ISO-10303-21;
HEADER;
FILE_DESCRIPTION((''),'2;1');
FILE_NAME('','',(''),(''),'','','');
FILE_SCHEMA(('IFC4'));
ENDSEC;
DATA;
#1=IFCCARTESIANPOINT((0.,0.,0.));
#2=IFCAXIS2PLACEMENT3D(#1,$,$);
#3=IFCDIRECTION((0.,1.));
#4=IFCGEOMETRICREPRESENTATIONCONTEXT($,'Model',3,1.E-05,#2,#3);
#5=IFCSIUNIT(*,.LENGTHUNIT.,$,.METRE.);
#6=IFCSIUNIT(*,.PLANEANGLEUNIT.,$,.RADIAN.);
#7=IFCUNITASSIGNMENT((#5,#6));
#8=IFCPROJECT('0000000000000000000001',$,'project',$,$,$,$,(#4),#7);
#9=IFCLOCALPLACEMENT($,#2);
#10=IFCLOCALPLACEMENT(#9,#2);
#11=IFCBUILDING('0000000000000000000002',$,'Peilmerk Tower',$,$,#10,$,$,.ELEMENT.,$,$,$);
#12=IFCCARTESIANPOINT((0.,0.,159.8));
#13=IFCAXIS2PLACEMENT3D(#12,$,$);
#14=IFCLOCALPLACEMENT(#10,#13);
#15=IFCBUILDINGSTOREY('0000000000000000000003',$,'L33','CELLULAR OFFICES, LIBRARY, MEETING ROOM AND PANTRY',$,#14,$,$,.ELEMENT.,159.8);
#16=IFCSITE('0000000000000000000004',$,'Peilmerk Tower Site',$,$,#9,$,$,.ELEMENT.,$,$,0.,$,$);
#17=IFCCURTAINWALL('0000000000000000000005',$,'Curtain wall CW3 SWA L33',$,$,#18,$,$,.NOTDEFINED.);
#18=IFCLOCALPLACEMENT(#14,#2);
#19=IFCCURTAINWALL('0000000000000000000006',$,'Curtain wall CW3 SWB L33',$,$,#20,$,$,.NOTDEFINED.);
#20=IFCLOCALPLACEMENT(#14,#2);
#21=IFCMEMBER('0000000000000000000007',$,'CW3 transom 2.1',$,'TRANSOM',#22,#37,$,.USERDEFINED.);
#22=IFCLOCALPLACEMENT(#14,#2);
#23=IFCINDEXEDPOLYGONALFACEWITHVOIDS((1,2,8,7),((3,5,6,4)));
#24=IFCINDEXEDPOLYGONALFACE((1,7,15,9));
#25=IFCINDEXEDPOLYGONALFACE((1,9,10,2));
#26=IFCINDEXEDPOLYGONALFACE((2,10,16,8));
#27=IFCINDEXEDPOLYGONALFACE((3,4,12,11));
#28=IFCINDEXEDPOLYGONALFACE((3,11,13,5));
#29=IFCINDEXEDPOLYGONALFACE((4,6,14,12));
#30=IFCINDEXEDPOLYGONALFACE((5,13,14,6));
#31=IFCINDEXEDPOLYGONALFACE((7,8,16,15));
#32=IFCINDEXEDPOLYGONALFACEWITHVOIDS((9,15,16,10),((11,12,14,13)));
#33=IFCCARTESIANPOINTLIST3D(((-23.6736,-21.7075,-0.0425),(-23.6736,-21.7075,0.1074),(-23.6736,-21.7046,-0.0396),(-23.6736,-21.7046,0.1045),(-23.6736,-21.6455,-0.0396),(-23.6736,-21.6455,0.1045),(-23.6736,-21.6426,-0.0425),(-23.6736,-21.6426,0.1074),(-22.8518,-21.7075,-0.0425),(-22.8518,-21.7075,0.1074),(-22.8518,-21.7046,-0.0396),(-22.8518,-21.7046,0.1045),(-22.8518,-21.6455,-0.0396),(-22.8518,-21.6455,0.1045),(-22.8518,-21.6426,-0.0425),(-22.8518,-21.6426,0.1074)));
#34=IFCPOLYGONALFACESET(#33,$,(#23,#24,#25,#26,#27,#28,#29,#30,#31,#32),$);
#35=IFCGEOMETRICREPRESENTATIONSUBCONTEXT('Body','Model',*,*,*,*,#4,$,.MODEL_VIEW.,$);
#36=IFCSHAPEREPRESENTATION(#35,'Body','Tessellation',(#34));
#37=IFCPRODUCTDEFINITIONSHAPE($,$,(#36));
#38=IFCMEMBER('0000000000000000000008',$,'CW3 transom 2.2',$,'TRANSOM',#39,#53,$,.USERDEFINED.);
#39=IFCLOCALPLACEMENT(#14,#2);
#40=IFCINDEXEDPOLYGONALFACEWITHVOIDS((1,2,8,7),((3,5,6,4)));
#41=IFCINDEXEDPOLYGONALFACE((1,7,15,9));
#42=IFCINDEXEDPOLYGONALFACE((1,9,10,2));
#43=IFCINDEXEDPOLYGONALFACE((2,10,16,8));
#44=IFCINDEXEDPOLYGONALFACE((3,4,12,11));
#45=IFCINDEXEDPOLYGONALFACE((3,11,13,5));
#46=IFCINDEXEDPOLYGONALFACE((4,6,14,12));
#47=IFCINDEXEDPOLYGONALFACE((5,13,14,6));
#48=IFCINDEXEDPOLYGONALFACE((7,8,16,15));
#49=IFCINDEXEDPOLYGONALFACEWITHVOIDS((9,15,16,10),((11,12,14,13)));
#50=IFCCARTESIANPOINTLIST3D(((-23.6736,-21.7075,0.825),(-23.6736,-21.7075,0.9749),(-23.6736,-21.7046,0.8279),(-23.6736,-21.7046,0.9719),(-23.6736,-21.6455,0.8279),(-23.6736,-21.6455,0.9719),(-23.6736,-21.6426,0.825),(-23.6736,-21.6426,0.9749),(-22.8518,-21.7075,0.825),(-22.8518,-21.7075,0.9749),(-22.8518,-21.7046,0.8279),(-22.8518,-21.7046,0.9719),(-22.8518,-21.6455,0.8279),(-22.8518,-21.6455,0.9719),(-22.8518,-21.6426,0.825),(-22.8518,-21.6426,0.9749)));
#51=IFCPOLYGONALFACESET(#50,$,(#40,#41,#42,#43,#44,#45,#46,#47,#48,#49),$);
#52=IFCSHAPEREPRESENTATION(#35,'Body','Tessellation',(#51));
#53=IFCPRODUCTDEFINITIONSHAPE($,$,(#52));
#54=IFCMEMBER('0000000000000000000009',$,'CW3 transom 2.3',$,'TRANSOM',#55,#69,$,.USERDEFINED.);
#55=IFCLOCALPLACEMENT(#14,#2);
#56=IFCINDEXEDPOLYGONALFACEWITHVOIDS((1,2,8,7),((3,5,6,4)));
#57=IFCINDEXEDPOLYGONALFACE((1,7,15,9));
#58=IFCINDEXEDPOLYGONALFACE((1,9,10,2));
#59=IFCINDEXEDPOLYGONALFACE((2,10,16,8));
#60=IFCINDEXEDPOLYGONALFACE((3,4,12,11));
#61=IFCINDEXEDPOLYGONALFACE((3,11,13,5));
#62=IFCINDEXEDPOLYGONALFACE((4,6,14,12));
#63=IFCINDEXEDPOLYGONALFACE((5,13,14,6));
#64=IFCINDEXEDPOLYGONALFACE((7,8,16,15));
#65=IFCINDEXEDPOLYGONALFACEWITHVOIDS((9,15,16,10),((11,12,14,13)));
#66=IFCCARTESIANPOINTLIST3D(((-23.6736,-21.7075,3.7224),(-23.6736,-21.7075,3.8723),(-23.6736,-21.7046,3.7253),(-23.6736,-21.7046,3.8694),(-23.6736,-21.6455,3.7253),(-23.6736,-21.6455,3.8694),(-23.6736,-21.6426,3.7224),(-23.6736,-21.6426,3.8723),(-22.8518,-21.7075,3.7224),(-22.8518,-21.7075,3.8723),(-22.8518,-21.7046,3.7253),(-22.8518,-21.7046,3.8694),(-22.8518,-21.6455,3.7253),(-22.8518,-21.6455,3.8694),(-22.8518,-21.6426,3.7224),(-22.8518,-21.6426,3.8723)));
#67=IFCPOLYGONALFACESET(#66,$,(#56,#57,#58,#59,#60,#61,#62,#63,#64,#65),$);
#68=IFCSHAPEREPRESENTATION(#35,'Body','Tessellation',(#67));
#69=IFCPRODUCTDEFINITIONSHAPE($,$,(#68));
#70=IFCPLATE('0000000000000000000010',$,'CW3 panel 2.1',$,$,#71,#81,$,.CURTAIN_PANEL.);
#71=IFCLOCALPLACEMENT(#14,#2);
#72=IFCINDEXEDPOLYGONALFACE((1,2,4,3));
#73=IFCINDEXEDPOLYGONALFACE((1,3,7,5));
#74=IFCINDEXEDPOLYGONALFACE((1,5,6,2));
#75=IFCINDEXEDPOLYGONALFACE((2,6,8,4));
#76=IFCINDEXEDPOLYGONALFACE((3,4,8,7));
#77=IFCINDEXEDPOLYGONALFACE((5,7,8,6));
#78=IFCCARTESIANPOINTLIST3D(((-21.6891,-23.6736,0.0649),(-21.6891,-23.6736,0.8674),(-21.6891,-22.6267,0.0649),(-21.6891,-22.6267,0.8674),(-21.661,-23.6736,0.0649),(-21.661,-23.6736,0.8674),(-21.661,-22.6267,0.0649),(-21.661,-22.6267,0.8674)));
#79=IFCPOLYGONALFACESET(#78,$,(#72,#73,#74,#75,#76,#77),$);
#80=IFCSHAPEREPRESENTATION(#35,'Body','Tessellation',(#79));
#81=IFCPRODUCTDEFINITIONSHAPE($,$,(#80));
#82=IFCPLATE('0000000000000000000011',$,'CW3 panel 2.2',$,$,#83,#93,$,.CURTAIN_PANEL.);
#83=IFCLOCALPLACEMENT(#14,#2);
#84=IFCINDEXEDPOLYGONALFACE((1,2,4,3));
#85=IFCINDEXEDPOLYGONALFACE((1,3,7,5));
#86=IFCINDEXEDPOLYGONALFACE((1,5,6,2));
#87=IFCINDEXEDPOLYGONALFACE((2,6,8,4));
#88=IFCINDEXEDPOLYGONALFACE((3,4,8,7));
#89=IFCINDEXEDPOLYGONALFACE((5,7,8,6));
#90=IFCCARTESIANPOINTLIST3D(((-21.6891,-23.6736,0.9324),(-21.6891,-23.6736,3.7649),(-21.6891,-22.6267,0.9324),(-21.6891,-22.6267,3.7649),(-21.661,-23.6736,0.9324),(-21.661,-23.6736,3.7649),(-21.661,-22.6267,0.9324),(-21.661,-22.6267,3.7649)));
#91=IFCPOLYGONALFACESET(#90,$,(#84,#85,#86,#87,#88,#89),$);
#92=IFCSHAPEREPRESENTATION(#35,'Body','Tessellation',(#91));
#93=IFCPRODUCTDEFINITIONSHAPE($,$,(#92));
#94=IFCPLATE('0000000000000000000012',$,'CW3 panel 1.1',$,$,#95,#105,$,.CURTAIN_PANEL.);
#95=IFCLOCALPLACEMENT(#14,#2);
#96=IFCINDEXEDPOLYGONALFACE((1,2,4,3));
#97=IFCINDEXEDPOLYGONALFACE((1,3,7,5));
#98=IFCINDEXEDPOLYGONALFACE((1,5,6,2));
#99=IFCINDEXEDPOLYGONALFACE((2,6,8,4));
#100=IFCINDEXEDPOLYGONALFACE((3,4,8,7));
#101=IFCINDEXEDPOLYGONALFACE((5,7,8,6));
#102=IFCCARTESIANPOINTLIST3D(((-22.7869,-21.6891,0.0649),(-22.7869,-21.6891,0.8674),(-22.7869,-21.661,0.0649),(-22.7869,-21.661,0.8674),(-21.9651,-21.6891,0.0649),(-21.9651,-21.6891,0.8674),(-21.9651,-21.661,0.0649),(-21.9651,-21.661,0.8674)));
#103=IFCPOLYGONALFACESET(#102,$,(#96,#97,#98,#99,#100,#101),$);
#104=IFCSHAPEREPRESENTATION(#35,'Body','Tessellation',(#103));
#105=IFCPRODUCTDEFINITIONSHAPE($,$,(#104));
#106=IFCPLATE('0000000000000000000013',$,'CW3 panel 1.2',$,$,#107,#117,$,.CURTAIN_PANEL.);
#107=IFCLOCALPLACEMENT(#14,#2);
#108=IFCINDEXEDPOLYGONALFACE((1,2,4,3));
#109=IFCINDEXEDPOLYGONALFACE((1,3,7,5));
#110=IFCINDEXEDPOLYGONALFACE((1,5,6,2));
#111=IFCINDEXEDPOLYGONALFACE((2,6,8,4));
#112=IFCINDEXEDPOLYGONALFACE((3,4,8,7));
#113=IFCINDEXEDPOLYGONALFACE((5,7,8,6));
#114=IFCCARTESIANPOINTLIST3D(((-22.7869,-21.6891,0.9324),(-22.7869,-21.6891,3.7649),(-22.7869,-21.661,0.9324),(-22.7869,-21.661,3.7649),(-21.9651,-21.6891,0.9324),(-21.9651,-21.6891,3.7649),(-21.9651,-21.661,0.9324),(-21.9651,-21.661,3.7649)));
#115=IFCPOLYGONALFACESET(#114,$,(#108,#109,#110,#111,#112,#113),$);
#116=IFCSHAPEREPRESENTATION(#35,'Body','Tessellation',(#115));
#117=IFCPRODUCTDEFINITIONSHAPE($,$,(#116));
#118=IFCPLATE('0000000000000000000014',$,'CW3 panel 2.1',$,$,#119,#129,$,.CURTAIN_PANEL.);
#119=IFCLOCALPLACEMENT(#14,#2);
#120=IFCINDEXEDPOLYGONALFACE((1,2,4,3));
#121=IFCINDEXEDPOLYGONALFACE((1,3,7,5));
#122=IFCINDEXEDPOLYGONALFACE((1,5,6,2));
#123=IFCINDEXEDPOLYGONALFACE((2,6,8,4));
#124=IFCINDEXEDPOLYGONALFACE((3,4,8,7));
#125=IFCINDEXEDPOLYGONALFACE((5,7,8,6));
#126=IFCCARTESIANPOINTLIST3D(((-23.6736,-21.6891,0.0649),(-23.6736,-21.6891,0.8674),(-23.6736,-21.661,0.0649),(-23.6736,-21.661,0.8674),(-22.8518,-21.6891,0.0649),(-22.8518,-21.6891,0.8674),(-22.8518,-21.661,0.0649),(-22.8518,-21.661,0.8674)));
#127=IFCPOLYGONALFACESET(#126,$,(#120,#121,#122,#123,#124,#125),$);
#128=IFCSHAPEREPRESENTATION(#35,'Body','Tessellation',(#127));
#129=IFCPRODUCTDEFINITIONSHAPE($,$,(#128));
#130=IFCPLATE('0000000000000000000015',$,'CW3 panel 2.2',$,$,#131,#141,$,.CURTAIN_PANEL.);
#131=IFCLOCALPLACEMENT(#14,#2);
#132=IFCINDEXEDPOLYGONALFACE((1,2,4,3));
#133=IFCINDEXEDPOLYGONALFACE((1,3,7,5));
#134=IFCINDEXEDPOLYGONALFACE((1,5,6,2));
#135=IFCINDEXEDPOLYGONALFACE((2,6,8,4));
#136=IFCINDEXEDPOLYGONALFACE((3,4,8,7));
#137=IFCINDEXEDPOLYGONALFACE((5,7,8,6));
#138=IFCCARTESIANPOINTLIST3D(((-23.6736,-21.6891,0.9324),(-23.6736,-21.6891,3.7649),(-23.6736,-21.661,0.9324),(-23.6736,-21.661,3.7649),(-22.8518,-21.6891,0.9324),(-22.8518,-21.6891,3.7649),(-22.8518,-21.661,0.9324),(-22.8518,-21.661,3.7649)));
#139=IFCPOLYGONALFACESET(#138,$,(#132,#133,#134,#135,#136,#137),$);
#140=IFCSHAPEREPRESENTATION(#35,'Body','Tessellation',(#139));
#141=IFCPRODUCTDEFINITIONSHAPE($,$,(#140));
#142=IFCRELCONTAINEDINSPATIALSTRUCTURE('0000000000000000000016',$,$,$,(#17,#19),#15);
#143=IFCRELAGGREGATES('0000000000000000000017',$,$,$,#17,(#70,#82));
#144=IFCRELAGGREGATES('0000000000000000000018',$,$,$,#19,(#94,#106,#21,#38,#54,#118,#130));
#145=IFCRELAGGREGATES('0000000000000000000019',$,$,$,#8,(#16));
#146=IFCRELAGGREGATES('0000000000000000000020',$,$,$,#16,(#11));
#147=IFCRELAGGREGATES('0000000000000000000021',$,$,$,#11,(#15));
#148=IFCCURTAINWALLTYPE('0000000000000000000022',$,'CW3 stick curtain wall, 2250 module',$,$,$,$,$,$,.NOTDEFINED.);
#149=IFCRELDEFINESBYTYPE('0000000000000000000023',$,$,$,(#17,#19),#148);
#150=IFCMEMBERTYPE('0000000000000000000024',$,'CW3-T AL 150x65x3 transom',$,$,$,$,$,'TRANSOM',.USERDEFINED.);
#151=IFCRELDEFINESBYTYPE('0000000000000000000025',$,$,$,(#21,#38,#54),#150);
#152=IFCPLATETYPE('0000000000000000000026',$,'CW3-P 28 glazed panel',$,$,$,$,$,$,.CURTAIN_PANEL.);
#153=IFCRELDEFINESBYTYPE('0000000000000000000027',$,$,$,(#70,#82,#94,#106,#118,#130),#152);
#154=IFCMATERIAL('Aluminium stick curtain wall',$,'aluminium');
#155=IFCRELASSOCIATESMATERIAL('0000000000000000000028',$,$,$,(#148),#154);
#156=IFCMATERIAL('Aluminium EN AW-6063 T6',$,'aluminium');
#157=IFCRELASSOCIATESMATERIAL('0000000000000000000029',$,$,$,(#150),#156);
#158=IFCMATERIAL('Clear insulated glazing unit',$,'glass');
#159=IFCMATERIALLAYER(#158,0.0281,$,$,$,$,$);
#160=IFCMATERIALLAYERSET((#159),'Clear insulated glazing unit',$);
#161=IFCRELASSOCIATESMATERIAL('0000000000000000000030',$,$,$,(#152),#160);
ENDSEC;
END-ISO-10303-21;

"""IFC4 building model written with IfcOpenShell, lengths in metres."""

from ifc_helpers import new_model, si_unit, direction, frame, origin, origin_2d, place, context, subcontext, project, spatial, rectangle, hollow_rectangle, extrude, material, layer, layer_set, material_profile, profile_set, type_object, element, aggregate, save


model = new_model("IFC4")

# Units and contexts
model_context = context("Model", 3, precision=1e-05, world=origin(), true_north=direction((0.0, 1.0)))
body_context = subcontext(model_context, "Body", "Model", "MODEL_VIEW")
ifc_project = project(units=[si_unit("LENGTHUNIT", "METRE"), si_unit("PLANEANGLEUNIT", "RADIAN")], contexts=[model_context])

# Site, building, storey
site_placement = place(None, origin())
site = spatial("IfcSite", under=ifc_project, at=site_placement, Name="Peilmerk Tower Site", CompositionType="ELEMENT", RefElevation=0.0)
building_placement = place(site_placement, origin())
building = spatial("IfcBuilding", under=site, at=building_placement, Name="Peilmerk Tower", CompositionType="ELEMENT")
storey_placement = place(building_placement, frame((0.0, 0.0, 159.8)))
storey = spatial("IfcBuildingStorey", under=building, at=storey_placement, Name="L33", Description="CELLULAR OFFICES, LIBRARY, MEETING ROOM AND PANTRY", CompositionType="ELEMENT", Elevation=159.8)

# Curtain wall
ifc_material_1 = material(Name="Aluminium stick curtain wall", Category="aluminium")
curtain_wall_type = type_object("IfcCurtainWallType", Name="CW3 stick curtain wall, 2250 module", PredefinedType="NOTDEFINED", material=ifc_material_1)
curtain_wall_1_placement = place(storey_placement, origin())
curtain_wall_1 = element("IfcCurtainWall", 1, at=curtain_wall_1_placement, inside=storey, type_object=curtain_wall_type, Name="Curtain wall CW3 SWA L33", PredefinedType="NOTDEFINED")
ifc_material_2 = material(Name="Aluminium EN AW-6063 T6", Category="aluminium")

# Curtain wall, members
curtain_wall_2_placement = place(storey_placement, origin())
curtain_wall_2 = element("IfcCurtainWall", 2, at=curtain_wall_2_placement, inside=storey, type_object=curtain_wall_type, Name="Curtain wall CW3 SWB L33", PredefinedType="NOTDEFINED")
ifc_material_profile_1 = material_profile(ifc_material_2, hollow_rectangle(XDim=0.0649, YDim=0.1499, WallThickness=0.0029, at=origin_2d()), Name="AL 150x65x3")
ifc_profile_set_1 = profile_set([ifc_material_profile_1], Name="Aluminium EN AW-6063 T6")
member_type_1 = type_object("IfcMemberType", Name="CW3-T AL 150x65x3 transom", ElementType="TRANSOM", PredefinedType="USERDEFINED", material=ifc_profile_set_1)
member_1_placement = place(storey_placement, frame((-22.8518, -21.675, 0.0325), z_axis=(-1.0, 0.0, 0.0), x_axis=(0.0, -1.0, 0.0)))
member_1 = element("IfcMember", 3, at=member_1_placement, type_object=member_type_1, Name="CW3 transom 2.1", ObjectType="TRANSOM", PredefinedType="USERDEFINED", context=body_context, shape_type="SweptSolid", body=[
    extrude(hollow_rectangle(XDim=0.0649, YDim=0.1499, WallThickness=0.0029, at=origin_2d()), origin(), (0.0, 0.0, 1.0), 0.8218),
])
member_2_placement = place(storey_placement, frame((-22.8518, -21.675, 0.8999), z_axis=(-1.0, 0.0, 0.0), x_axis=(0.0, -1.0, 0.0)))
member_2 = element("IfcMember", 4, at=member_2_placement, type_object=member_type_1, Name="CW3 transom 2.2", ObjectType="TRANSOM", PredefinedType="USERDEFINED", context=body_context, shape_type="SweptSolid", body=[
    extrude(hollow_rectangle(XDim=0.0649, YDim=0.1499, WallThickness=0.0029, at=origin_2d()), origin(), (0.0, 0.0, 1.0), 0.8218),
])
member_3_placement = place(storey_placement, frame((-22.8518, -21.675, 3.7974), z_axis=(-1.0, 0.0, 0.0), x_axis=(0.0, -1.0, 0.0)))
member_3 = element("IfcMember", 5, at=member_3_placement, type_object=member_type_1, Name="CW3 transom 2.3", ObjectType="TRANSOM", PredefinedType="USERDEFINED", context=body_context, shape_type="SweptSolid", body=[
    extrude(hollow_rectangle(XDim=0.0649, YDim=0.1499, WallThickness=0.0029, at=origin_2d()), origin(), (0.0, 0.0, 1.0), 0.8218),
])

# Plates
ifc_material_3 = material(Name="Clear insulated glazing unit", Category="glass")
ifc_layer_1 = layer(ifc_material_3, 0.0281)
ifc_layer_set_1 = layer_set([ifc_layer_1], Name="Clear insulated glazing unit")
plate_type = type_object("IfcPlateType", Name="CW3-P 28 glazed panel", PredefinedType="CURTAIN_PANEL", material=ifc_layer_set_1)
plate_1_placement = place(storey_placement, frame((-21.675, -23.1501, 0.0649), z_axis=(0.0, 0.0, 1.0), x_axis=(0.0, -1.0, 0.0)))
plate_1 = element("IfcPlate", 6, at=plate_1_placement, type_object=plate_type, Name="CW3 panel 2.1", PredefinedType="CURTAIN_PANEL", context=body_context, shape_type="SweptSolid", body=[
    extrude(rectangle(XDim=1.0469, YDim=0.0281, at=origin_2d()), origin(), (0.0, 0.0, 1.0), 0.8025),
])
plate_2_placement = place(storey_placement, frame((-21.675, -23.1501, 0.9324), z_axis=(0.0, 0.0, 1.0), x_axis=(0.0, -1.0, 0.0)))
plate_2 = element("IfcPlate", 7, at=plate_2_placement, type_object=plate_type, Name="CW3 panel 2.2", PredefinedType="CURTAIN_PANEL", context=body_context, shape_type="SweptSolid", body=[
    extrude(rectangle(XDim=1.0469, YDim=0.0281, at=origin_2d()), origin(), (0.0, 0.0, 1.0), 2.8325),
])
aggregate(curtain_wall_1, [plate_1, plate_2])
plate_3_placement = place(storey_placement, frame((-22.376, -21.675, 0.0649), z_axis=(0.0, 0.0, 1.0), x_axis=(-1.0, 0.0, 0.0)))
plate_3 = element("IfcPlate", 8, at=plate_3_placement, type_object=plate_type, Name="CW3 panel 1.1", PredefinedType="CURTAIN_PANEL", context=body_context, shape_type="SweptSolid", body=[
    extrude(rectangle(XDim=0.8218, YDim=0.0281, at=origin_2d()), origin(), (0.0, 0.0, 1.0), 0.8025),
])
plate_4_placement = place(storey_placement, frame((-22.376, -21.675, 0.9324), z_axis=(0.0, 0.0, 1.0), x_axis=(-1.0, 0.0, 0.0)))
plate_4 = element("IfcPlate", 9, at=plate_4_placement, type_object=plate_type, Name="CW3 panel 1.2", PredefinedType="CURTAIN_PANEL", context=body_context, shape_type="SweptSolid", body=[
    extrude(rectangle(XDim=0.8218, YDim=0.0281, at=origin_2d()), origin(), (0.0, 0.0, 1.0), 2.8325),
])
plate_5_placement = place(storey_placement, frame((-23.2627, -21.675, 0.0649), z_axis=(0.0, 0.0, 1.0), x_axis=(-1.0, 0.0, 0.0)))
plate_5 = element("IfcPlate", 10, at=plate_5_placement, type_object=plate_type, Name="CW3 panel 2.1", PredefinedType="CURTAIN_PANEL", context=body_context, shape_type="SweptSolid", body=[
    extrude(rectangle(XDim=0.8218, YDim=0.0281, at=origin_2d()), origin(), (0.0, 0.0, 1.0), 0.8025),
])
plate_6_placement = place(storey_placement, frame((-23.2627, -21.675, 0.9324), z_axis=(0.0, 0.0, 1.0), x_axis=(-1.0, 0.0, 0.0)))
plate_6 = element("IfcPlate", 11, at=plate_6_placement, type_object=plate_type, Name="CW3 panel 2.2", PredefinedType="CURTAIN_PANEL", context=body_context, shape_type="SweptSolid", body=[
    extrude(rectangle(XDim=0.8218, YDim=0.0281, at=origin_2d()), origin(), (0.0, 0.0, 1.0), 2.8325),
])
aggregate(curtain_wall_2, [plate_3, plate_4, member_1, member_2, member_3, plate_5, plate_6])

save(model, "model.ifc")
